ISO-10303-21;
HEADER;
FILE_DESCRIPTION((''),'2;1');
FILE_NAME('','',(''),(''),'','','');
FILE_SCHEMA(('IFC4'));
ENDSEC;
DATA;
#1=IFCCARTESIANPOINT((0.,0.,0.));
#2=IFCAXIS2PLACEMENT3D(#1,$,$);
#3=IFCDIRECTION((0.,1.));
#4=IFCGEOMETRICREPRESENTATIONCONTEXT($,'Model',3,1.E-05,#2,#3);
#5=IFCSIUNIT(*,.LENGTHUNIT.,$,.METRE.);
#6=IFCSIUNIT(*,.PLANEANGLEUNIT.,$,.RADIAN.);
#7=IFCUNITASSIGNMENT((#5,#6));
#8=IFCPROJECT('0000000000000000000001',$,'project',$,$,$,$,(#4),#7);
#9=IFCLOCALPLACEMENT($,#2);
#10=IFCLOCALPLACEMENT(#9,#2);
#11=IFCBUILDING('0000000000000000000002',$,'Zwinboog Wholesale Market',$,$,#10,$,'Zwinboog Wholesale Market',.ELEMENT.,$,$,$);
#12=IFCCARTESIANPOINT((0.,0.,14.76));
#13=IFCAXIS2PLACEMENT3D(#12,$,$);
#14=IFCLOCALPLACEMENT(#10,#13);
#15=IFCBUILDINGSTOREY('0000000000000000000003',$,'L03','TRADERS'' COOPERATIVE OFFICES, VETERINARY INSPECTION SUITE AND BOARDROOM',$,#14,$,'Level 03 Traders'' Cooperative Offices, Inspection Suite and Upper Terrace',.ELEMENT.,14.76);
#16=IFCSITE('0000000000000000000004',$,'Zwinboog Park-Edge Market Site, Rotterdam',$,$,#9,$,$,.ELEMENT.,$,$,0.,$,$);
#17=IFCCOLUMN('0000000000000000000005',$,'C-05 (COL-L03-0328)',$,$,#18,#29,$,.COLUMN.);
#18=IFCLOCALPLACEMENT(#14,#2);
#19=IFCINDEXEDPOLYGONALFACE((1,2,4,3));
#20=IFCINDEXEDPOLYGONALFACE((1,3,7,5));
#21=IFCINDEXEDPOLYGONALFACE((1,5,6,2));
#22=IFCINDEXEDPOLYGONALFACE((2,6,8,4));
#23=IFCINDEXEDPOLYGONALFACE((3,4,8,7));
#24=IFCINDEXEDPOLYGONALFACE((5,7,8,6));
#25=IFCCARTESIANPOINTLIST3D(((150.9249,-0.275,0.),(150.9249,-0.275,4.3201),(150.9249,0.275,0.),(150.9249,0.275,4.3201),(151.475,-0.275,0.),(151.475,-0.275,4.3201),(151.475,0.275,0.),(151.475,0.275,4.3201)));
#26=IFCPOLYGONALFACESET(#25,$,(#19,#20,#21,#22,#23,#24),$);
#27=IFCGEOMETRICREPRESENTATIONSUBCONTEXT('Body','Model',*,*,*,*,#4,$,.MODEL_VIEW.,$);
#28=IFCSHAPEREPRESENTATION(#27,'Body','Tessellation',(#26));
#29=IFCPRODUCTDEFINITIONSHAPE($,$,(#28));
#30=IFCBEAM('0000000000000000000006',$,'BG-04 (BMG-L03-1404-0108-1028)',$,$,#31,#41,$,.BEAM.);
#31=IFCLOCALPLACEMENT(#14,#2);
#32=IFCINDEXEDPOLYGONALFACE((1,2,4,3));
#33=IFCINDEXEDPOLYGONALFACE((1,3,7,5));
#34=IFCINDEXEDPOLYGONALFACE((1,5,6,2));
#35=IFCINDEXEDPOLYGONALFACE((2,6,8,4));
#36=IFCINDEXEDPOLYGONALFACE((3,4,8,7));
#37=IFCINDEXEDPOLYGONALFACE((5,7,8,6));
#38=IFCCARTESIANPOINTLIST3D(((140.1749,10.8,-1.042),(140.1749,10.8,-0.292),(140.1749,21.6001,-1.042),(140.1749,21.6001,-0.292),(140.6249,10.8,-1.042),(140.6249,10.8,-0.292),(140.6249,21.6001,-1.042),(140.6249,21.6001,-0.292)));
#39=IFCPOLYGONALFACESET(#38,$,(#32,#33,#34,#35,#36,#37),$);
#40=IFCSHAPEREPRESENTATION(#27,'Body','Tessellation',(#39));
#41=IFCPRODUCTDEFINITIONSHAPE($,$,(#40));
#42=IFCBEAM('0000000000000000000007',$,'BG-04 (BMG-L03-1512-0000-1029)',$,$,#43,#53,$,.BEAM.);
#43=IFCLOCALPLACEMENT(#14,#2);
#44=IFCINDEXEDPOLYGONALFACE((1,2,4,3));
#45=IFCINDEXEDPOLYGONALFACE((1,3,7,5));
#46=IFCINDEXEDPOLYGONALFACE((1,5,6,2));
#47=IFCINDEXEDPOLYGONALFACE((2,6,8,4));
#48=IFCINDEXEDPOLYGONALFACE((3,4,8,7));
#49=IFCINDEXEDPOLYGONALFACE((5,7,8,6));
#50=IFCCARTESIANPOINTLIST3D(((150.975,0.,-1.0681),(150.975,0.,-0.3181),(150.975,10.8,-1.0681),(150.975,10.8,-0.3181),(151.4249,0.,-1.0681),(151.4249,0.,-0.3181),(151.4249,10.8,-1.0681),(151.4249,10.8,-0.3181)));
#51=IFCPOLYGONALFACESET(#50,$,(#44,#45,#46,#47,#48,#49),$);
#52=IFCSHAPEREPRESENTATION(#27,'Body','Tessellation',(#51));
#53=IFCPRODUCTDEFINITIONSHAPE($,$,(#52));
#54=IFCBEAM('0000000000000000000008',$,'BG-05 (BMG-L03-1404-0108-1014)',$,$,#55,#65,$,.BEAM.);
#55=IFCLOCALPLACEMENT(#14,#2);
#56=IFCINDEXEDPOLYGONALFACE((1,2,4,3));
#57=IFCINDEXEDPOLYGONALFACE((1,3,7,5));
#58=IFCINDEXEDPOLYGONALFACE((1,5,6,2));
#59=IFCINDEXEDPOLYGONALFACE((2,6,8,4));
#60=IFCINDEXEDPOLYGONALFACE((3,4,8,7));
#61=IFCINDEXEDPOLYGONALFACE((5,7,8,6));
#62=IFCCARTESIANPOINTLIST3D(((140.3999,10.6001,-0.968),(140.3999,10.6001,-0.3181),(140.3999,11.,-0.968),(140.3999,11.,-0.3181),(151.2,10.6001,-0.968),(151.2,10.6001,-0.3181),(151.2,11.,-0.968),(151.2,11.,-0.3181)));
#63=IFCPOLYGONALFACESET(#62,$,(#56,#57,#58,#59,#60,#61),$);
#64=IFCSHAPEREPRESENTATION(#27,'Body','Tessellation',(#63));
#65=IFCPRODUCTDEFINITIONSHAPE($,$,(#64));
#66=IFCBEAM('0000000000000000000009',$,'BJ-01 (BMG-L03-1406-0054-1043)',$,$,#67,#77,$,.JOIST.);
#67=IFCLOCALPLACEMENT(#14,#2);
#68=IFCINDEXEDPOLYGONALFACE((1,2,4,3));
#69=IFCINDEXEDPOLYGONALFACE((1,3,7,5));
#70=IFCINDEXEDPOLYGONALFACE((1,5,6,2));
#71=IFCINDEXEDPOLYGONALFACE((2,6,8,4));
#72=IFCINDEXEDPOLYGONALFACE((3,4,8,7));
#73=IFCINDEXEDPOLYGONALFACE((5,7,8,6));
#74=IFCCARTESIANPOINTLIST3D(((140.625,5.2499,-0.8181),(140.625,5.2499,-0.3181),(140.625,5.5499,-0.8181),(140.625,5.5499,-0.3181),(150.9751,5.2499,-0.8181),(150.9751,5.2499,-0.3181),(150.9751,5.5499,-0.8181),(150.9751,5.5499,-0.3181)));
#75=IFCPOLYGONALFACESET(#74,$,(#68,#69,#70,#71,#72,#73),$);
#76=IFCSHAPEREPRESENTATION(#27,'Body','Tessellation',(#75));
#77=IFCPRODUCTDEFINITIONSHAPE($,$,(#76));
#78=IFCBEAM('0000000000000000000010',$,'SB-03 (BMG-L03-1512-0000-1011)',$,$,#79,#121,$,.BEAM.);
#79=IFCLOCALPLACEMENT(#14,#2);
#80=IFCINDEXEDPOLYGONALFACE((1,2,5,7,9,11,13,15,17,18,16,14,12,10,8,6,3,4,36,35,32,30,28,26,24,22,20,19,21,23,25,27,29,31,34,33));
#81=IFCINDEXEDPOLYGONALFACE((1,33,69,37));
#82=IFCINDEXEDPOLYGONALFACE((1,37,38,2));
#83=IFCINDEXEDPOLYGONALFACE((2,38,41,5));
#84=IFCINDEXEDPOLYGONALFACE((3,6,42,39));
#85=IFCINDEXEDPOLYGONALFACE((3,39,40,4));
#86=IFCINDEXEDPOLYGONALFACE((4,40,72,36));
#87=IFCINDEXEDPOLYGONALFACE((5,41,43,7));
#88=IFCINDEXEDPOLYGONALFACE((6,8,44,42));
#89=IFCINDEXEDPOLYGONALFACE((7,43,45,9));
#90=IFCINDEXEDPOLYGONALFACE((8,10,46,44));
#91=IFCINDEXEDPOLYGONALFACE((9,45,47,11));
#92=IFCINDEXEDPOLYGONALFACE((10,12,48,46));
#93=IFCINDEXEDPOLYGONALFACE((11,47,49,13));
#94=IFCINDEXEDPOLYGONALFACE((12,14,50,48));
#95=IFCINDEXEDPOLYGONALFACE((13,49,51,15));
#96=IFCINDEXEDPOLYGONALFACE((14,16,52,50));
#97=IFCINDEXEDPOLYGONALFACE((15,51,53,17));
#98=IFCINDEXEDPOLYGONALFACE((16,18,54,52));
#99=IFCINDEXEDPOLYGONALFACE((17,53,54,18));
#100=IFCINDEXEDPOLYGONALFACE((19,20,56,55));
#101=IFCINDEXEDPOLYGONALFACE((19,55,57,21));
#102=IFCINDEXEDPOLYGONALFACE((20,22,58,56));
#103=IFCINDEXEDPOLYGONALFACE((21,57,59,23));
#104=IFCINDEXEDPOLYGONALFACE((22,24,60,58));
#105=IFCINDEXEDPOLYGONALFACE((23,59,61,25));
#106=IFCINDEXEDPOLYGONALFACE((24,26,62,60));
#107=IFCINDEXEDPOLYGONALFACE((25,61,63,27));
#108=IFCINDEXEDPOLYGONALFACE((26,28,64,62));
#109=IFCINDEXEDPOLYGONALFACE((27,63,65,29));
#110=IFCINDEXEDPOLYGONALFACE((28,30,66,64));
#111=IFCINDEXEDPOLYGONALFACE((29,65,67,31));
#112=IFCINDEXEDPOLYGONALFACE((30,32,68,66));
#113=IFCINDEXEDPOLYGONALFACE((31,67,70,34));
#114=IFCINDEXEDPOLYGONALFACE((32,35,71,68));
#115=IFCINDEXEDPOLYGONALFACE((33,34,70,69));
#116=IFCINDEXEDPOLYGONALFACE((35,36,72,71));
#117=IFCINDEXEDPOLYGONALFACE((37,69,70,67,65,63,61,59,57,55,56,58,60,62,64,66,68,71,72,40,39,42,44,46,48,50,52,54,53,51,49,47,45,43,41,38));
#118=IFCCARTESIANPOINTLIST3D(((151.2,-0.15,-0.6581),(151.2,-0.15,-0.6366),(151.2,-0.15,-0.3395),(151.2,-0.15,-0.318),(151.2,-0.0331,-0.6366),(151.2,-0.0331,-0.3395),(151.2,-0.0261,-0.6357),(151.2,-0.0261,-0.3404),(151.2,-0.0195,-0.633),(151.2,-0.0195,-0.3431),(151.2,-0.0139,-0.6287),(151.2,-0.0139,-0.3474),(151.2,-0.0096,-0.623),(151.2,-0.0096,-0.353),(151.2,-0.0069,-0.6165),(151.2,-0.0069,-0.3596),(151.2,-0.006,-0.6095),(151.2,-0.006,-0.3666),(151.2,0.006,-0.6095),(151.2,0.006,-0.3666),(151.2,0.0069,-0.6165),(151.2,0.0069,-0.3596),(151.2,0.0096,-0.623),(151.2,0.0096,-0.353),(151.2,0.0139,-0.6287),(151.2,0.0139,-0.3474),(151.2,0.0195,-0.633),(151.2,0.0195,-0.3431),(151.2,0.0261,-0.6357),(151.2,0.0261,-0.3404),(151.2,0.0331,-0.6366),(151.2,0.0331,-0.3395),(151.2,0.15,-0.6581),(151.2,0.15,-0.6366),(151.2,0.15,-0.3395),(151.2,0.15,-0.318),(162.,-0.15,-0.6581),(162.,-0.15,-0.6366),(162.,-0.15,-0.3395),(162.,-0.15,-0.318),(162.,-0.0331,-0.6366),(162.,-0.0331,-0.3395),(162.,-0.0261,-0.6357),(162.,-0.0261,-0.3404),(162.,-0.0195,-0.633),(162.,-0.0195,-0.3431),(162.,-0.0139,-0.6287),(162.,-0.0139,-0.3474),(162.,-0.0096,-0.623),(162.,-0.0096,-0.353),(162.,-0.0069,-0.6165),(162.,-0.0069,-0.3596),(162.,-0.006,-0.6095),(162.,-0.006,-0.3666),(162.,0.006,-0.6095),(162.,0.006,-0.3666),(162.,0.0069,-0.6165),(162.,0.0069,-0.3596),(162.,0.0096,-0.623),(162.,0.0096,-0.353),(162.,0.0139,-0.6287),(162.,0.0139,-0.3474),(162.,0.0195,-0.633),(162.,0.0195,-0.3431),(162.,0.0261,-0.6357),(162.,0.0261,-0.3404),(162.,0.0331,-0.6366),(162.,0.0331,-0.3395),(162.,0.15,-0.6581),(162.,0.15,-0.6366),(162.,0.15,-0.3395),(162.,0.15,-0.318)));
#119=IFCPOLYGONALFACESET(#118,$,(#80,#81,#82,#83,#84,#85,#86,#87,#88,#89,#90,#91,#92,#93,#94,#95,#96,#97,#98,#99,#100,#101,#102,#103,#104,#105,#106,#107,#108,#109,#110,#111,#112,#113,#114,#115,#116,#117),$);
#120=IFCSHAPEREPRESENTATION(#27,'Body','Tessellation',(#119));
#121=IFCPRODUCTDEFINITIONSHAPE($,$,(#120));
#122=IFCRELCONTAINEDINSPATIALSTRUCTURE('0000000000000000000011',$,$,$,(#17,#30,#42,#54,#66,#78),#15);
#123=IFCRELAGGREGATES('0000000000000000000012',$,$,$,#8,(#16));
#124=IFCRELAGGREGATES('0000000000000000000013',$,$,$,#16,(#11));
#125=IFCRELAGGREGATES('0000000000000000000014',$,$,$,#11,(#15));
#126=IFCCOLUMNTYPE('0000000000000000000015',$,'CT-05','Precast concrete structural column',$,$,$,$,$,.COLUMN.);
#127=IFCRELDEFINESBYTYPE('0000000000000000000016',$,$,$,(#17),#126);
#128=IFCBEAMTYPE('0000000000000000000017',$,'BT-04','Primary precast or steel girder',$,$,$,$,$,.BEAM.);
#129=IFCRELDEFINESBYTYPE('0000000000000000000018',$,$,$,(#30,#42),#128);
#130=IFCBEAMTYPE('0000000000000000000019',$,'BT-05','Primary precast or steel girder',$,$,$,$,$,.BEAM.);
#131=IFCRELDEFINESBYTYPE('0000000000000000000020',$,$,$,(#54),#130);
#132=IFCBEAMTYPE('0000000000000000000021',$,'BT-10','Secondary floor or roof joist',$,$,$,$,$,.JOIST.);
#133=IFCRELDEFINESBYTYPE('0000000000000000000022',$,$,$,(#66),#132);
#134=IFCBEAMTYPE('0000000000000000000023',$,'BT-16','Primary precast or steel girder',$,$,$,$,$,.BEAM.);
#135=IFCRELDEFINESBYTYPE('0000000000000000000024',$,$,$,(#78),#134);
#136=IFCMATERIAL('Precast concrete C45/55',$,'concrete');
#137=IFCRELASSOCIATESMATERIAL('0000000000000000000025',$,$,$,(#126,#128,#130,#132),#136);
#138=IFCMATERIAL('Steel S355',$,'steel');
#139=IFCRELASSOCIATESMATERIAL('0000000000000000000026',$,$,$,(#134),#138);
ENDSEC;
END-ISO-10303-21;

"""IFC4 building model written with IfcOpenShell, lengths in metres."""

from ifc_helpers import new_model, si_unit, direction, frame, origin, origin_2d, place, context, subcontext, project, spatial, rectangle, i_section, extrude, material, material_profile, profile_set, type_object, element, save


model = new_model("IFC4")

# Units and contexts
model_context = context("Model", 3, precision=1e-05, world=origin(), true_north=direction((0.0, 1.0)))
body_context = subcontext(model_context, "Body", "Model", "MODEL_VIEW")
ifc_project = project(units=[si_unit("LENGTHUNIT", "METRE"), si_unit("PLANEANGLEUNIT", "RADIAN")], contexts=[model_context])

# Site, building, storey
site_placement = place(None, origin())
site = spatial("IfcSite", under=ifc_project, at=site_placement, Name="Zwinboog Park-Edge Market Site, Rotterdam", CompositionType="ELEMENT", RefElevation=0.0)
building_placement = place(site_placement, origin())
building = spatial("IfcBuilding", under=site, at=building_placement, Name="Zwinboog Wholesale Market", LongName="Zwinboog Wholesale Market", CompositionType="ELEMENT")
storey_placement = place(building_placement, frame((0.0, 0.0, 14.76)))
storey = spatial("IfcBuildingStorey", under=building, at=storey_placement, Name="L03", Description="TRADERS' COOPERATIVE OFFICES, VETERINARY INSPECTION SUITE AND BOARDROOM", LongName="Level 03 Traders' Cooperative Offices, Inspection Suite and Upper Terrace", CompositionType="ELEMENT", Elevation=14.76)

# Column
ifc_material_1 = material(Name="Precast concrete C45/55", Category="concrete")
ifc_material_profile_1 = material_profile(ifc_material_1, rectangle(XDim=0.55, YDim=0.55, at=origin_2d()), Name="PC 550x550")
ifc_profile_set_1 = profile_set([ifc_material_profile_1], Name="Precast concrete C45/55")
column_type = type_object("IfcColumnType", Name="CT-05", Description="Precast concrete structural column", PredefinedType="COLUMN", material=ifc_profile_set_1)
column_placement = place(storey_placement, frame((151.2, 0.0, 0.0), z_axis=(0.0, 0.0, 1.0), x_axis=(1.0, 0.0, 0.0)))
element("IfcColumn", 1, at=column_placement, inside=storey, type_object=column_type, Name="C-05 (COL-L03-0328)", PredefinedType="COLUMN", context=body_context, shape_type="SweptSolid", body=[
    extrude(rectangle(XDim=0.55, YDim=0.55, at=origin_2d()), origin(), (0.0, 0.0, 1.0), 4.3201),
])

# Beams
ifc_material_profile_2 = material_profile(ifc_material_1, rectangle(XDim=0.45, YDim=0.75, at=origin_2d()), Name="PC 450x750")
ifc_profile_set_2 = profile_set([ifc_material_profile_2], Name="Precast concrete C45/55")
beam_type_1 = type_object("IfcBeamType", Name="BT-04", Description="Primary precast or steel girder", PredefinedType="BEAM", material=ifc_profile_set_2)
for number, where, z_axis, x_axis, name in (
    (2, (140.3999, 10.8, -0.667), (0.0, 1.0, 0.0), (-1.0, 0.0, 0.0), "BG-04 (BMG-L03-1404-0108-1028)"),
    (3, (151.2, 0.0, -0.6931), (0.0, 1.0, 0.0), (-1.0, 0.0, 0.0), "BG-04 (BMG-L03-1512-0000-1029)"),
):
    element("IfcBeam", number, at=place(storey_placement, frame(where, z_axis=z_axis, x_axis=x_axis)), inside=storey, type_object=beam_type_1, Name=name, PredefinedType="BEAM", context=body_context, shape_type="SweptSolid", body=[
        extrude(rectangle(XDim=0.45, YDim=0.75, at=origin_2d()), origin(), (0.0, 0.0, 1.0), 10.8),
    ])
ifc_material_profile_3 = material_profile(ifc_material_1, rectangle(XDim=0.3999, YDim=0.6499, at=origin_2d()), Name="PC 400x650")
ifc_profile_set_3 = profile_set([ifc_material_profile_3], Name="Precast concrete C45/55")
beam_type_2 = type_object("IfcBeamType", Name="BT-05", Description="Primary precast or steel girder", PredefinedType="BEAM", material=ifc_profile_set_3)
beam_1_placement = place(storey_placement, frame((140.3999, 10.8, -0.6431), z_axis=(1.0, 0.0, 0.0), x_axis=(0.0, 1.0, 0.0)))
element("IfcBeam", 4, at=beam_1_placement, inside=storey, type_object=beam_type_2, Name="BG-05 (BMG-L03-1404-0108-1014)", PredefinedType="BEAM", context=body_context, shape_type="SweptSolid", body=[
    extrude(rectangle(XDim=0.3999, YDim=0.6499, at=origin_2d()), origin(), (0.0, 0.0, 1.0), 10.8),
])
ifc_material_profile_4 = material_profile(ifc_material_1, rectangle(XDim=0.3, YDim=0.5, at=origin_2d()), Name="PC 300x500")
ifc_profile_set_4 = profile_set([ifc_material_profile_4], Name="Precast concrete C45/55")
beam_type_3 = type_object("IfcBeamType", Name="BT-10", Description="Secondary floor or roof joist", PredefinedType="JOIST", material=ifc_profile_set_4)
beam_2_placement = place(storey_placement, frame((140.625, 5.3999, -0.5681), z_axis=(1.0, 0.0, 0.0), x_axis=(0.0, 1.0, 0.0)))
element("IfcBeam", 5, at=beam_2_placement, inside=storey, type_object=beam_type_3, Name="BJ-01 (BMG-L03-1406-0054-1043)", PredefinedType="JOIST", context=body_context, shape_type="SweptSolid", body=[
    extrude(rectangle(XDim=0.3, YDim=0.5, at=origin_2d()), origin(), (0.0, 0.0, 1.0), 10.3501),
])
ifc_material_2 = material(Name="Steel S355", Category="steel")
ifc_material_profile_5 = material_profile(ifc_material_2, i_section(OverallWidth=0.3, OverallDepth=0.3401, WebThickness=0.012, FlangeThickness=0.0215, FilletRadius=0.0271, at=origin_2d()), Name="HEB 340")
ifc_profile_set_5 = profile_set([ifc_material_profile_5], Name="Steel S355")
beam_type_4 = type_object("IfcBeamType", Name="BT-16", Description="Primary precast or steel girder", PredefinedType="BEAM", material=ifc_profile_set_5)
beam_3_placement = place(storey_placement, frame((151.2, 0.0, -0.488), z_axis=(1.0, 0.0, 0.0), x_axis=(0.0, 1.0, 0.0)))
element("IfcBeam", 6, at=beam_3_placement, inside=storey, type_object=beam_type_4, Name="SB-03 (BMG-L03-1512-0000-1011)", PredefinedType="BEAM", context=body_context, shape_type="SweptSolid", body=[
    extrude(i_section(OverallWidth=0.3, OverallDepth=0.3401, WebThickness=0.012, FlangeThickness=0.0215, FilletRadius=0.0271, at=origin_2d()), origin(), (0.0, 0.0, 1.0), 10.8),
])

save(model, "model.ifc")
